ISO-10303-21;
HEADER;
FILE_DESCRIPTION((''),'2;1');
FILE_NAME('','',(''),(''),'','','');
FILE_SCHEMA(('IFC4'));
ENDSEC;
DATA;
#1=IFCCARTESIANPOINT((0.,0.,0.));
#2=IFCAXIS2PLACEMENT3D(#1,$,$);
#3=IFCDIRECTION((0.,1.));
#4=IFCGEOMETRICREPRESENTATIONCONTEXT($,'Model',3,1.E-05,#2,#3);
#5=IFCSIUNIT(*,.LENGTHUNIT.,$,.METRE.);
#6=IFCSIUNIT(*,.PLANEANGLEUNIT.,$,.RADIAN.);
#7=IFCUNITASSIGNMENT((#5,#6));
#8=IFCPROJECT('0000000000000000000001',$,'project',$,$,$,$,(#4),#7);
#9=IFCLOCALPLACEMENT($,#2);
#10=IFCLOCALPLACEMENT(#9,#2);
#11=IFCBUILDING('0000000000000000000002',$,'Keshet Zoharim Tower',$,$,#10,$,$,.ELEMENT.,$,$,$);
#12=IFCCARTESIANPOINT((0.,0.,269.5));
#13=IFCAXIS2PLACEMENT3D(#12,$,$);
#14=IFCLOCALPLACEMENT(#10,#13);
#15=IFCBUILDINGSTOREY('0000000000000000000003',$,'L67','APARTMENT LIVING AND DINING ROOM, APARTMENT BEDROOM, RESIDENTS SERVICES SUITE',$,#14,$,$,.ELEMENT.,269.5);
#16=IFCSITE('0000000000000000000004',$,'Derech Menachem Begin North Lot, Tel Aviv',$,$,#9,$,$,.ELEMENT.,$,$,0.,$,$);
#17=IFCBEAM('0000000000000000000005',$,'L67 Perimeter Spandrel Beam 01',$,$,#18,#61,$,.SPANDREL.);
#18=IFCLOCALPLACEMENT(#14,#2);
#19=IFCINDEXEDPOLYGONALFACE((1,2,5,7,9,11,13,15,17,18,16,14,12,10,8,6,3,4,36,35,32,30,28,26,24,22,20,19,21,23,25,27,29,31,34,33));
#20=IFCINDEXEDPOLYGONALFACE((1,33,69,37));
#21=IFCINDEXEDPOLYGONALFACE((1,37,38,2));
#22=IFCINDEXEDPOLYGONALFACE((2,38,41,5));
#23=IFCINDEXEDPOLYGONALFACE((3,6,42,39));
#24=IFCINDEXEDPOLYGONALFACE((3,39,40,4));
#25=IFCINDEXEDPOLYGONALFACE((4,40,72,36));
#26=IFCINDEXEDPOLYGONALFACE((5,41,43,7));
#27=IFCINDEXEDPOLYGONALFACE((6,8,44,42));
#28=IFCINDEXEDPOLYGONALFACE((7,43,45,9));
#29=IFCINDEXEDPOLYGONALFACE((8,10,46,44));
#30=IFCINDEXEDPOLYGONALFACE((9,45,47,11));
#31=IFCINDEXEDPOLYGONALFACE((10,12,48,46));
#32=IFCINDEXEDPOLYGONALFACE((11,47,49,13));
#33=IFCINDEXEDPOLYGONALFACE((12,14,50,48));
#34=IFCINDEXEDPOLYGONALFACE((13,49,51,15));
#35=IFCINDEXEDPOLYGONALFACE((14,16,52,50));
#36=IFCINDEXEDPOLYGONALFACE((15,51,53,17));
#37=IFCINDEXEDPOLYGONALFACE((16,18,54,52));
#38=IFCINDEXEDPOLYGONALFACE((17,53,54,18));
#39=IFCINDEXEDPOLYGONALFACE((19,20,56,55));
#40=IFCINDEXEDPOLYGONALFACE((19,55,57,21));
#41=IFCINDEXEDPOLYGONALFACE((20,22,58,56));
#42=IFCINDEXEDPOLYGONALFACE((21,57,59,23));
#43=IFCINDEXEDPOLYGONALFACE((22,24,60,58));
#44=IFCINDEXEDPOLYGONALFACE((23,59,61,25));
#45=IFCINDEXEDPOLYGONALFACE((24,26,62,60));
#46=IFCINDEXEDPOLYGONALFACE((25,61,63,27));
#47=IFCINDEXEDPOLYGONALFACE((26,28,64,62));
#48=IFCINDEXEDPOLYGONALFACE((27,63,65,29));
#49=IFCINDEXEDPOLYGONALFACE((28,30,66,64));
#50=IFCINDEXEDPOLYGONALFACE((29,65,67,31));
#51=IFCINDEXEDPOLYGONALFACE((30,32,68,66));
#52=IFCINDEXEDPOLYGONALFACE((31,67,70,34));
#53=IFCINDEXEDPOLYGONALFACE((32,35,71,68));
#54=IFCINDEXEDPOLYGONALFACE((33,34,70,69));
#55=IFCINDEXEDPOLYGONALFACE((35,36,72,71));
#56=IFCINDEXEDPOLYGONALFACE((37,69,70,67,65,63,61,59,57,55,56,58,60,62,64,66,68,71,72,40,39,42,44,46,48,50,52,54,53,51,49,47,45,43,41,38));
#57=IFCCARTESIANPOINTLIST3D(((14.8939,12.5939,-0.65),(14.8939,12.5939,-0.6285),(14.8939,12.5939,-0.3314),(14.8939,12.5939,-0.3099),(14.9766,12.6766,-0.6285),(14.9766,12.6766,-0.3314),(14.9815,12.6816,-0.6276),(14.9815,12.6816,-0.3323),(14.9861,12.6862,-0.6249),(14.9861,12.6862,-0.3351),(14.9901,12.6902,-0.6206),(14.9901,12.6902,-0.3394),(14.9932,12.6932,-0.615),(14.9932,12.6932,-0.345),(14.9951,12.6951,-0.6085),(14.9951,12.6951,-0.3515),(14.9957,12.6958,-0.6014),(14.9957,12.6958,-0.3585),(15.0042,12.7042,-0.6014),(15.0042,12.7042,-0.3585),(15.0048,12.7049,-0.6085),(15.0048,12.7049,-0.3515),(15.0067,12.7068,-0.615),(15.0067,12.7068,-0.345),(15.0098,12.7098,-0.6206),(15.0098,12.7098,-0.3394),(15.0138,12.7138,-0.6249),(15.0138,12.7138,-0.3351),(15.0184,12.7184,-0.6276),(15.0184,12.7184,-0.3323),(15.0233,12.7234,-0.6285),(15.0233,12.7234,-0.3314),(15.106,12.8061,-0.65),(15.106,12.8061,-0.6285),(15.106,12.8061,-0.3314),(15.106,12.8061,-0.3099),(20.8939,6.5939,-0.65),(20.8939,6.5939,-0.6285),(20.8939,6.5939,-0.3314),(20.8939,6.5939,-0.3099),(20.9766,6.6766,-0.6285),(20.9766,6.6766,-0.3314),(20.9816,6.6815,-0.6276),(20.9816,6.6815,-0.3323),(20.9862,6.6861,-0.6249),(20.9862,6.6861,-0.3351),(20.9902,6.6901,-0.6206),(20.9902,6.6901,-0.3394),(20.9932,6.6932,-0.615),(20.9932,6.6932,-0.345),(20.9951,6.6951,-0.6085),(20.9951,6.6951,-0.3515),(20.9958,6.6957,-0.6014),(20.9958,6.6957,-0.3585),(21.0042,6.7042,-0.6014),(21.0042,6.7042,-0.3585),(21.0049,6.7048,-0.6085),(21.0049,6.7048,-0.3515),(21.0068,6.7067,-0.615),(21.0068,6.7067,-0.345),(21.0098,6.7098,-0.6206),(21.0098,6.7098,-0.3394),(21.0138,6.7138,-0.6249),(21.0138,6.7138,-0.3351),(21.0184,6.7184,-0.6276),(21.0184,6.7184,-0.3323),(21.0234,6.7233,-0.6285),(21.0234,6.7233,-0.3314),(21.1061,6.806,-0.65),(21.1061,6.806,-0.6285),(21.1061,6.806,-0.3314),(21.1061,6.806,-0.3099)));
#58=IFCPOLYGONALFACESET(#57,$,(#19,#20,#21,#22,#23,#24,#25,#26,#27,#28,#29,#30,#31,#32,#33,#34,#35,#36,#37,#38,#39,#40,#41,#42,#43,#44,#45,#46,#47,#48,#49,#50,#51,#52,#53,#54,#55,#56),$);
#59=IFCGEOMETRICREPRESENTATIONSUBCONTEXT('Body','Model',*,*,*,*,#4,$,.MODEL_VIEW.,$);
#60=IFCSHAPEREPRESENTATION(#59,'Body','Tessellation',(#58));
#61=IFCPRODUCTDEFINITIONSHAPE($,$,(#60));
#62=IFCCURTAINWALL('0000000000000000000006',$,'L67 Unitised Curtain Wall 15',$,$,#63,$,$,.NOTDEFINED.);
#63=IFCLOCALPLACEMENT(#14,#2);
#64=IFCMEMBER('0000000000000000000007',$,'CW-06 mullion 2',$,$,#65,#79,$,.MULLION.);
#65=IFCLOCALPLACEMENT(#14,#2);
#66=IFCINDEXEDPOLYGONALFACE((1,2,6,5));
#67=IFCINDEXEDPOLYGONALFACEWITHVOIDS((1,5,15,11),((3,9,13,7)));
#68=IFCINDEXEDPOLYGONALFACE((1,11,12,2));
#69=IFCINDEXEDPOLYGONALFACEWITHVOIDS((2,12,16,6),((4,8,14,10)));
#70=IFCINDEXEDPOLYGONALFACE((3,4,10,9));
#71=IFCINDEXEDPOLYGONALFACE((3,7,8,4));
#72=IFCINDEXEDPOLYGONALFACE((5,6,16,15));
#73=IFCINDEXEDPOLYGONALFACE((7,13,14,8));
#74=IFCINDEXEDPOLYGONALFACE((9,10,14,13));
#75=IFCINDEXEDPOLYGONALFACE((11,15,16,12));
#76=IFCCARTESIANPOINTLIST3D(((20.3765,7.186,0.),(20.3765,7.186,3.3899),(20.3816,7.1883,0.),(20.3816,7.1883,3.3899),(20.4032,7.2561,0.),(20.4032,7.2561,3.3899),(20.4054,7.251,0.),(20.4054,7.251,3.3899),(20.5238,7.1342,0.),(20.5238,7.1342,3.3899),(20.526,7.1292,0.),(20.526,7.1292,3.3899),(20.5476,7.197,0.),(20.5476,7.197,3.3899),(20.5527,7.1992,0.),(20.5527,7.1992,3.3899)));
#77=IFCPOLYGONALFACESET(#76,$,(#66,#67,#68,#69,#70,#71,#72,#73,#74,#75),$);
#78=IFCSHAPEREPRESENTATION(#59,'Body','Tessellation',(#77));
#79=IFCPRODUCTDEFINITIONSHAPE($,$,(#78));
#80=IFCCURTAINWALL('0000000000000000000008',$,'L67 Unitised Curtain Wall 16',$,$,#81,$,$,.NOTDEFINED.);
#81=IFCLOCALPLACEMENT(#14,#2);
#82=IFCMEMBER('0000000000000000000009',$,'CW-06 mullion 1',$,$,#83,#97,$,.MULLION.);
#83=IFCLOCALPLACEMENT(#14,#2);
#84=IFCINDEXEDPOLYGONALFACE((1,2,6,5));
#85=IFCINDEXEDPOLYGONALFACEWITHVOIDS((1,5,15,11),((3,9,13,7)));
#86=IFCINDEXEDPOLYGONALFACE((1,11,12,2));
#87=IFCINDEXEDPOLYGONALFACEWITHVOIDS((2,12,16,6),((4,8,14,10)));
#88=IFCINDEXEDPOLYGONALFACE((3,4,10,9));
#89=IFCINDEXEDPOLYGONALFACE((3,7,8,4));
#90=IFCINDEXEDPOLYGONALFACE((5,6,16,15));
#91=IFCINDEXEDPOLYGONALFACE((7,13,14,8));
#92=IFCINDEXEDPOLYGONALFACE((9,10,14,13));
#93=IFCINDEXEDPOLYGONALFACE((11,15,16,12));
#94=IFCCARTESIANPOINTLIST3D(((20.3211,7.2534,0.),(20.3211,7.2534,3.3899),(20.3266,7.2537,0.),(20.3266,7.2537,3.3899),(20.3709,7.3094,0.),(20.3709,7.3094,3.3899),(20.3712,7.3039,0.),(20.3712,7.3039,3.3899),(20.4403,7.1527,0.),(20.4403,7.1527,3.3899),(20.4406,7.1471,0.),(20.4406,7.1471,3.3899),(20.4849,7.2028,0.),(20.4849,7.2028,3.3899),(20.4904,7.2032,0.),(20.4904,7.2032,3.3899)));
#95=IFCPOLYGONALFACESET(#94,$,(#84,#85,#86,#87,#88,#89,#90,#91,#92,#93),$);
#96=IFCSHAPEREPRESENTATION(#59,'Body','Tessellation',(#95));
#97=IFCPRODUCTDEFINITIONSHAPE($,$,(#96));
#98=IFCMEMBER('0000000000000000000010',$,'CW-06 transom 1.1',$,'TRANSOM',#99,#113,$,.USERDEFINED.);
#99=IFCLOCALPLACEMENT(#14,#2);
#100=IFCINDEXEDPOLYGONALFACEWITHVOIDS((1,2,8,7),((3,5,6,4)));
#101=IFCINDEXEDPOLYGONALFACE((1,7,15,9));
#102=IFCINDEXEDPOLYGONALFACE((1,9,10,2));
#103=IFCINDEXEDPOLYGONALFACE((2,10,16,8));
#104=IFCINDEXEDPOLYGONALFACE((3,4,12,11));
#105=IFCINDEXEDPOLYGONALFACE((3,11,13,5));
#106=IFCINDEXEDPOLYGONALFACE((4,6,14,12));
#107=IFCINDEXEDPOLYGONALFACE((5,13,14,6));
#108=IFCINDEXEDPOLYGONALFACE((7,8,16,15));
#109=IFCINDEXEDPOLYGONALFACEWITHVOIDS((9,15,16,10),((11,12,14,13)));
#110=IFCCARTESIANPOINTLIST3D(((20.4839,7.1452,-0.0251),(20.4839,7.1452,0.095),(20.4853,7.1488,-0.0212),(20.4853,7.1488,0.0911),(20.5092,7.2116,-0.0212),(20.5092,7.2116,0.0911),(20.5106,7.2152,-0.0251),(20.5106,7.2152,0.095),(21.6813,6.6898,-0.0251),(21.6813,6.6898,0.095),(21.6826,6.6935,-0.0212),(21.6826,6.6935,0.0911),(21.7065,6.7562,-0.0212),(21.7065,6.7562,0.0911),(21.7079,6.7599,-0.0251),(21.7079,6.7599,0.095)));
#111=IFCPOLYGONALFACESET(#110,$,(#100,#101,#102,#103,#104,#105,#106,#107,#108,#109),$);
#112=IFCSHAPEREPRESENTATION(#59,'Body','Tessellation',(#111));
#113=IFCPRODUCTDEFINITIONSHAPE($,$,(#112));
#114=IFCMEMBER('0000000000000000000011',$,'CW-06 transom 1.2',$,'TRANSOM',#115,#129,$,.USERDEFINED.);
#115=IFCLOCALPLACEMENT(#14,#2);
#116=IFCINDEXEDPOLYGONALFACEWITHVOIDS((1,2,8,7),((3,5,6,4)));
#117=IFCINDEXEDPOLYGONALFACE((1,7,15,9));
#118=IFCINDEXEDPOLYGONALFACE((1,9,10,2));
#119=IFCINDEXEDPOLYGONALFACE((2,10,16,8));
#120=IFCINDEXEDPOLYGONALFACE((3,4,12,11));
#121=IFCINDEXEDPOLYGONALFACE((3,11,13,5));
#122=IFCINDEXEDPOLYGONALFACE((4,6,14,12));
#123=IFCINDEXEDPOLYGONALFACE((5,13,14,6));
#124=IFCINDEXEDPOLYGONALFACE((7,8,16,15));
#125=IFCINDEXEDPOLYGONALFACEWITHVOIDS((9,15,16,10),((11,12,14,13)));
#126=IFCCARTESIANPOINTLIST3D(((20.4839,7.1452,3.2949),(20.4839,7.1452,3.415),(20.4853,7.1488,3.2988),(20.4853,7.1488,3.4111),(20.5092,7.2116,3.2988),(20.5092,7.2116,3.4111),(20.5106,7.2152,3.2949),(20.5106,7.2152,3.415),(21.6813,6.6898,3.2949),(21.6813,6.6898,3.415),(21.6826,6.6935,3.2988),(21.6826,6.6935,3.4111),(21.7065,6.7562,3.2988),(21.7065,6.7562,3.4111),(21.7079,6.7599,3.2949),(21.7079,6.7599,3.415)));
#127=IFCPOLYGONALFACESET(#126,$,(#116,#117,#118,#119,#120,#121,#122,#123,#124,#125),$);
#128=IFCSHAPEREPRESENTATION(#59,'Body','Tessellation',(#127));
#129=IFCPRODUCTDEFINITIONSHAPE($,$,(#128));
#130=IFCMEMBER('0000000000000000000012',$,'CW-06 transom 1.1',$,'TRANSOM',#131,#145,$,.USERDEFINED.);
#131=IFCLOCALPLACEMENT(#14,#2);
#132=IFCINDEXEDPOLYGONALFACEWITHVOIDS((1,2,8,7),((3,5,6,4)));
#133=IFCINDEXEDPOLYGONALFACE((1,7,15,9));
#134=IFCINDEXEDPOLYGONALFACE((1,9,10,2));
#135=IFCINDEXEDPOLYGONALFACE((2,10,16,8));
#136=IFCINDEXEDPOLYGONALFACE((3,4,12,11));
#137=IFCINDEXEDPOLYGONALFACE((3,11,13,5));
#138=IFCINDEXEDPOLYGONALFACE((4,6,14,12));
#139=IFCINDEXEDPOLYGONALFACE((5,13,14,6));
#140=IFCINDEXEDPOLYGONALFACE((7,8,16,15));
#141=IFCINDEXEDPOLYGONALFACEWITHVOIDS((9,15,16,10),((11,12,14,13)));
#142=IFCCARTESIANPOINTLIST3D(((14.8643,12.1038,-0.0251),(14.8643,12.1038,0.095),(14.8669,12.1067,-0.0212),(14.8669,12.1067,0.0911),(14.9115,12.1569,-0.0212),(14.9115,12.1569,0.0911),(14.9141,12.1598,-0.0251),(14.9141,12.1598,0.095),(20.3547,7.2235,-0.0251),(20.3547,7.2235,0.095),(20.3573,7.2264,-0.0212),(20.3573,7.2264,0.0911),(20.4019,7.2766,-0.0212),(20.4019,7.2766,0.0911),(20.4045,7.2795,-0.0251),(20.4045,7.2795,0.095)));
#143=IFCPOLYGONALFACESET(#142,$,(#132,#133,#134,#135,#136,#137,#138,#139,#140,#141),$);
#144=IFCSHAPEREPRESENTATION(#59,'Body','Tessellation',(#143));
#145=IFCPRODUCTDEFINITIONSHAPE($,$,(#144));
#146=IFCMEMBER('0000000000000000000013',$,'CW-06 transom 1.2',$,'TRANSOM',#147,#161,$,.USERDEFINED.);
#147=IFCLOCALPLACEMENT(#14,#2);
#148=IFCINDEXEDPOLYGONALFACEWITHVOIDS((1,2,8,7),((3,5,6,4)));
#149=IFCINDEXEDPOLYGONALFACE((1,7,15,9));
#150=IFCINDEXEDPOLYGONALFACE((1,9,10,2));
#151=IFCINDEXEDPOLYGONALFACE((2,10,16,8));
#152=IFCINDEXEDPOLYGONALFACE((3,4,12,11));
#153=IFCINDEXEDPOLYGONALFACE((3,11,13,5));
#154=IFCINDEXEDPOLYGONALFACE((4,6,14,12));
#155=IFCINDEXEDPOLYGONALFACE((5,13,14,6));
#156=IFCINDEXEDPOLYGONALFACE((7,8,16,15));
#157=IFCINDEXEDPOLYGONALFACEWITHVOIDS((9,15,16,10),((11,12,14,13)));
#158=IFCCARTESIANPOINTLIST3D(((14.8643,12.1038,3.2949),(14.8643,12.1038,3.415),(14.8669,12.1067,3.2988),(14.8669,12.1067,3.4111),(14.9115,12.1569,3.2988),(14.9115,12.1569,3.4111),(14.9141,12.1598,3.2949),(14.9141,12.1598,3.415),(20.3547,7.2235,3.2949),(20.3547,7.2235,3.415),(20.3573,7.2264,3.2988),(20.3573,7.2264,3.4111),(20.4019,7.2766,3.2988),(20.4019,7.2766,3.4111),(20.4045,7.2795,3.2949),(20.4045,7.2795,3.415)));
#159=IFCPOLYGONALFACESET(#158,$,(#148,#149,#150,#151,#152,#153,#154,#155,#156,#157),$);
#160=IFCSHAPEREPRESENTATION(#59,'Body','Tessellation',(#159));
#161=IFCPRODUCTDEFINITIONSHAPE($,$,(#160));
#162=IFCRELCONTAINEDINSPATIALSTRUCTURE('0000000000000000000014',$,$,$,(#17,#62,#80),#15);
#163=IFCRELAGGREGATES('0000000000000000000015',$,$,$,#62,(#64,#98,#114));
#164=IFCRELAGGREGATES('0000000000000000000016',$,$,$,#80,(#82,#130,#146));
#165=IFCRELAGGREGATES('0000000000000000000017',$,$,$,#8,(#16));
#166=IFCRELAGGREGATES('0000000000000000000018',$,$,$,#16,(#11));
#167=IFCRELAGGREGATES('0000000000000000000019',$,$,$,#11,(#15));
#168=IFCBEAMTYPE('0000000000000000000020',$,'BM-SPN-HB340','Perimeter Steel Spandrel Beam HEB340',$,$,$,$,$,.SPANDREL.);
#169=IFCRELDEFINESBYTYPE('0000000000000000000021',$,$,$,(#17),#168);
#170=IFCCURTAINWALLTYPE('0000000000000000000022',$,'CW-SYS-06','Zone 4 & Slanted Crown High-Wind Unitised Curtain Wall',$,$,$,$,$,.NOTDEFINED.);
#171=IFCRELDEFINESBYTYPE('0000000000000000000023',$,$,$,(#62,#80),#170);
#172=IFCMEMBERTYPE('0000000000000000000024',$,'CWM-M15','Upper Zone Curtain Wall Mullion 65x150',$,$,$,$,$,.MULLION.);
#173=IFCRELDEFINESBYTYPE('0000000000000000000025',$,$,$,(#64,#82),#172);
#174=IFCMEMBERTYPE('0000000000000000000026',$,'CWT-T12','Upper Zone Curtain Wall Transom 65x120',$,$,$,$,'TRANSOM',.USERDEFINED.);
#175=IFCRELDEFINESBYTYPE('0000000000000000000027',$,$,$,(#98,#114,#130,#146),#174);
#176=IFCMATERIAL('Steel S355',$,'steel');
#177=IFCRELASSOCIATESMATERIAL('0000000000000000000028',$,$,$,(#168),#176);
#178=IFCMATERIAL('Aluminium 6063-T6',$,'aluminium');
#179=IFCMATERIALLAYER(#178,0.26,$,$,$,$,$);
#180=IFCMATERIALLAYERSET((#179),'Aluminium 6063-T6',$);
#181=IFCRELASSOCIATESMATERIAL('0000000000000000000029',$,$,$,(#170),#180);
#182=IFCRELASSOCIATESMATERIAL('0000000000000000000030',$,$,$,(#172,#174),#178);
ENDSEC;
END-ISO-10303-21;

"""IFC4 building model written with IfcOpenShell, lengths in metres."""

from ifc_helpers import new_model, si_unit, direction, frame, origin, origin_2d, place, context, subcontext, project, spatial, hollow_rectangle, i_section, extrude, material, layer, layer_set, material_profile, profile_set, type_object, element, aggregate, save


model = new_model("IFC4")

# Units and contexts
model_context = context("Model", 3, precision=1e-05, world=origin(), true_north=direction((0.0, 1.0)))
body_context = subcontext(model_context, "Body", "Model", "MODEL_VIEW")
ifc_project = project(units=[si_unit("LENGTHUNIT", "METRE"), si_unit("PLANEANGLEUNIT", "RADIAN")], contexts=[model_context])

# Site, building, storey
site_placement = place(None, origin())
site = spatial("IfcSite", under=ifc_project, at=site_placement, Name="Derech Menachem Begin North Lot, Tel Aviv", CompositionType="ELEMENT", RefElevation=0.0)
building_placement = place(site_placement, origin())
building = spatial("IfcBuilding", under=site, at=building_placement, Name="Keshet Zoharim Tower", CompositionType="ELEMENT")
storey_placement = place(building_placement, frame((0.0, 0.0, 269.5)))
storey = spatial("IfcBuildingStorey", under=building, at=storey_placement, Name="L67", Description="APARTMENT LIVING AND DINING ROOM, APARTMENT BEDROOM, RESIDENTS SERVICES SUITE", CompositionType="ELEMENT", Elevation=269.5)

# Shared definitions
ifc_material_1 = material(Name="Steel S355", Category="steel")

# Beam
ifc_material_profile_1 = material_profile(ifc_material_1, i_section(OverallWidth=0.3, OverallDepth=0.3401, WebThickness=0.012, FlangeThickness=0.0215, FilletRadius=0.0271, at=origin_2d()), Name="HEB340")
ifc_profile_set_1 = profile_set([ifc_material_profile_1], Name="Steel S355")
beam_type_1 = type_object("IfcBeamType", Name="BM-SPN-HB340", Description="Perimeter Steel Spandrel Beam HEB340", PredefinedType="SPANDREL", material=ifc_profile_set_1)
beam_1_placement = place(storey_placement, frame((21.0, 6.7, -0.48), z_axis=(-0.707107, 0.707107, 0.0), x_axis=(-0.707107, -0.707107, 0.0)))
element("IfcBeam", 1, at=beam_1_placement, inside=storey, type_object=beam_type_1, Name="L67 Perimeter Spandrel Beam 01", PredefinedType="SPANDREL", context=body_context, shape_type="SweptSolid", body=[
    extrude(i_section(OverallWidth=0.3, OverallDepth=0.3401, WebThickness=0.012, FlangeThickness=0.0215, FilletRadius=0.0271, at=origin_2d()), origin(), (0.0, 0.0, 1.0), 8.4854),
])

# Curtain walls, members
ifc_material_2 = material(Name="Aluminium 6063-T6", Category="aluminium")
ifc_layer_1 = layer(ifc_material_2, 0.26)
ifc_layer_set_1 = layer_set([ifc_layer_1], Name="Aluminium 6063-T6")
curtain_wall_type = type_object("IfcCurtainWallType", Name="CW-SYS-06", Description="Zone 4 & Slanted Crown High-Wind Unitised Curtain Wall", PredefinedType="NOTDEFINED", material=ifc_layer_set_1)
curtain_wall_1_placement = place(storey_placement, origin())
curtain_wall_1 = element("IfcCurtainWall", 2, at=curtain_wall_1_placement, inside=storey, type_object=curtain_wall_type, Name="L67 Unitised Curtain Wall 15", PredefinedType="NOTDEFINED")
ifc_material_profile_2 = material_profile(ifc_material_2, hollow_rectangle(XDim=0.075, YDim=0.1599, WallThickness=0.0039, at=origin_2d()), Name="MUL-75x160")
ifc_profile_set_2 = profile_set([ifc_material_profile_2], Name="Aluminium 6063-T6")
member_type_1 = type_object("IfcMemberType", Name="CWM-M15", Description="Upper Zone Curtain Wall Mullion 65x150", PredefinedType="MULLION", material=ifc_profile_set_2)
member_1_placement = place(storey_placement, frame((20.4646, 7.1926, 0.0), z_axis=(0.0, 0.0, 1.0), x_axis=(-0.355439, -0.934699, 0.0)))
member_1 = element("IfcMember", 3, at=member_1_placement, type_object=member_type_1, Name="CW-06 mullion 2", PredefinedType="MULLION", context=body_context, shape_type="SweptSolid", body=[
    extrude(hollow_rectangle(XDim=0.075, YDim=0.1599, WallThickness=0.0039, at=origin_2d()), origin(), (0.0, 0.0, 1.0), 3.3899),
])
curtain_wall_2_placement = place(storey_placement, origin())
curtain_wall_2 = element("IfcCurtainWall", 4, at=curtain_wall_2_placement, inside=storey, type_object=curtain_wall_type, Name="L67 Unitised Curtain Wall 16", PredefinedType="NOTDEFINED")
member_2_placement = place(storey_placement, frame((20.4058, 7.2283, 0.0), z_axis=(0.0, 0.0, 1.0), x_axis=(-0.664362, -0.747411, 0.0)))
member_2 = element("IfcMember", 5, at=member_2_placement, type_object=member_type_1, Name="CW-06 mullion 1", PredefinedType="MULLION", context=body_context, shape_type="SweptSolid", body=[
    extrude(hollow_rectangle(XDim=0.075, YDim=0.1599, WallThickness=0.0039, at=origin_2d()), origin(), (0.0, 0.0, 1.0), 3.3899),
])

# Members
ifc_material_profile_3 = material_profile(ifc_material_2, hollow_rectangle(XDim=0.075, YDim=0.1201, WallThickness=0.0039, at=origin_2d()), Name="TRN-75x120")
ifc_profile_set_3 = profile_set([ifc_material_profile_3], Name="Aluminium 6063-T6")
member_type_2 = type_object("IfcMemberType", Name="CWT-T12", Description="Upper Zone Curtain Wall Transom 65x120", ElementType="TRANSOM", PredefinedType="USERDEFINED", material=ifc_profile_set_3)
member_3_placement = place(storey_placement, frame((21.6946, 6.7249, 0.0349), z_axis=(-0.93469, 0.355464, 0.0), x_axis=(-0.355464, -0.93469, 0.0)))
member_3 = element("IfcMember", 6, at=member_3_placement, type_object=member_type_2, Name="CW-06 transom 1.1", ObjectType="TRANSOM", PredefinedType="USERDEFINED", context=body_context, shape_type="SweptSolid", body=[
    extrude(hollow_rectangle(XDim=0.075, YDim=0.1201, WallThickness=0.0039, at=origin_2d()), origin(), (0.0, 0.0, 1.0), 1.281),
])
member_4_placement = place(storey_placement, frame((21.6946, 6.7249, 3.355), z_axis=(-0.93469, 0.355464, 0.0), x_axis=(-0.355464, -0.93469, 0.0)))
member_4 = element("IfcMember", 7, at=member_4_placement, type_object=member_type_2, Name="CW-06 transom 1.2", ObjectType="TRANSOM", PredefinedType="USERDEFINED", context=body_context, shape_type="SweptSolid", body=[
    extrude(hollow_rectangle(XDim=0.075, YDim=0.1201, WallThickness=0.0039, at=origin_2d()), origin(), (0.0, 0.0, 1.0), 1.281),
])
member_5_placement = place(storey_placement, frame((20.3796, 7.2515, 0.0349), z_axis=(-0.747413, 0.66436, 0.0), x_axis=(-0.66436, -0.747413, 0.0)))
member_5 = element("IfcMember", 8, at=member_5_placement, type_object=member_type_2, Name="CW-06 transom 1.1", ObjectType="TRANSOM", PredefinedType="USERDEFINED", context=body_context, shape_type="SweptSolid", body=[
    extrude(hollow_rectangle(XDim=0.075, YDim=0.1201, WallThickness=0.0039, at=origin_2d()), origin(), (0.0, 0.0, 1.0), 7.3459),
])
member_6_placement = place(storey_placement, frame((20.3796, 7.2515, 3.355), z_axis=(-0.747413, 0.66436, 0.0), x_axis=(-0.66436, -0.747413, 0.0)))
member_6 = element("IfcMember", 9, at=member_6_placement, type_object=member_type_2, Name="CW-06 transom 1.2", ObjectType="TRANSOM", PredefinedType="USERDEFINED", context=body_context, shape_type="SweptSolid", body=[
    extrude(hollow_rectangle(XDim=0.075, YDim=0.1201, WallThickness=0.0039, at=origin_2d()), origin(), (0.0, 0.0, 1.0), 7.3459),
])

aggregate(curtain_wall_1, [member_1, member_3, member_4])
aggregate(curtain_wall_2, [member_2, member_5, member_6])

save(model, "model.ifc")
